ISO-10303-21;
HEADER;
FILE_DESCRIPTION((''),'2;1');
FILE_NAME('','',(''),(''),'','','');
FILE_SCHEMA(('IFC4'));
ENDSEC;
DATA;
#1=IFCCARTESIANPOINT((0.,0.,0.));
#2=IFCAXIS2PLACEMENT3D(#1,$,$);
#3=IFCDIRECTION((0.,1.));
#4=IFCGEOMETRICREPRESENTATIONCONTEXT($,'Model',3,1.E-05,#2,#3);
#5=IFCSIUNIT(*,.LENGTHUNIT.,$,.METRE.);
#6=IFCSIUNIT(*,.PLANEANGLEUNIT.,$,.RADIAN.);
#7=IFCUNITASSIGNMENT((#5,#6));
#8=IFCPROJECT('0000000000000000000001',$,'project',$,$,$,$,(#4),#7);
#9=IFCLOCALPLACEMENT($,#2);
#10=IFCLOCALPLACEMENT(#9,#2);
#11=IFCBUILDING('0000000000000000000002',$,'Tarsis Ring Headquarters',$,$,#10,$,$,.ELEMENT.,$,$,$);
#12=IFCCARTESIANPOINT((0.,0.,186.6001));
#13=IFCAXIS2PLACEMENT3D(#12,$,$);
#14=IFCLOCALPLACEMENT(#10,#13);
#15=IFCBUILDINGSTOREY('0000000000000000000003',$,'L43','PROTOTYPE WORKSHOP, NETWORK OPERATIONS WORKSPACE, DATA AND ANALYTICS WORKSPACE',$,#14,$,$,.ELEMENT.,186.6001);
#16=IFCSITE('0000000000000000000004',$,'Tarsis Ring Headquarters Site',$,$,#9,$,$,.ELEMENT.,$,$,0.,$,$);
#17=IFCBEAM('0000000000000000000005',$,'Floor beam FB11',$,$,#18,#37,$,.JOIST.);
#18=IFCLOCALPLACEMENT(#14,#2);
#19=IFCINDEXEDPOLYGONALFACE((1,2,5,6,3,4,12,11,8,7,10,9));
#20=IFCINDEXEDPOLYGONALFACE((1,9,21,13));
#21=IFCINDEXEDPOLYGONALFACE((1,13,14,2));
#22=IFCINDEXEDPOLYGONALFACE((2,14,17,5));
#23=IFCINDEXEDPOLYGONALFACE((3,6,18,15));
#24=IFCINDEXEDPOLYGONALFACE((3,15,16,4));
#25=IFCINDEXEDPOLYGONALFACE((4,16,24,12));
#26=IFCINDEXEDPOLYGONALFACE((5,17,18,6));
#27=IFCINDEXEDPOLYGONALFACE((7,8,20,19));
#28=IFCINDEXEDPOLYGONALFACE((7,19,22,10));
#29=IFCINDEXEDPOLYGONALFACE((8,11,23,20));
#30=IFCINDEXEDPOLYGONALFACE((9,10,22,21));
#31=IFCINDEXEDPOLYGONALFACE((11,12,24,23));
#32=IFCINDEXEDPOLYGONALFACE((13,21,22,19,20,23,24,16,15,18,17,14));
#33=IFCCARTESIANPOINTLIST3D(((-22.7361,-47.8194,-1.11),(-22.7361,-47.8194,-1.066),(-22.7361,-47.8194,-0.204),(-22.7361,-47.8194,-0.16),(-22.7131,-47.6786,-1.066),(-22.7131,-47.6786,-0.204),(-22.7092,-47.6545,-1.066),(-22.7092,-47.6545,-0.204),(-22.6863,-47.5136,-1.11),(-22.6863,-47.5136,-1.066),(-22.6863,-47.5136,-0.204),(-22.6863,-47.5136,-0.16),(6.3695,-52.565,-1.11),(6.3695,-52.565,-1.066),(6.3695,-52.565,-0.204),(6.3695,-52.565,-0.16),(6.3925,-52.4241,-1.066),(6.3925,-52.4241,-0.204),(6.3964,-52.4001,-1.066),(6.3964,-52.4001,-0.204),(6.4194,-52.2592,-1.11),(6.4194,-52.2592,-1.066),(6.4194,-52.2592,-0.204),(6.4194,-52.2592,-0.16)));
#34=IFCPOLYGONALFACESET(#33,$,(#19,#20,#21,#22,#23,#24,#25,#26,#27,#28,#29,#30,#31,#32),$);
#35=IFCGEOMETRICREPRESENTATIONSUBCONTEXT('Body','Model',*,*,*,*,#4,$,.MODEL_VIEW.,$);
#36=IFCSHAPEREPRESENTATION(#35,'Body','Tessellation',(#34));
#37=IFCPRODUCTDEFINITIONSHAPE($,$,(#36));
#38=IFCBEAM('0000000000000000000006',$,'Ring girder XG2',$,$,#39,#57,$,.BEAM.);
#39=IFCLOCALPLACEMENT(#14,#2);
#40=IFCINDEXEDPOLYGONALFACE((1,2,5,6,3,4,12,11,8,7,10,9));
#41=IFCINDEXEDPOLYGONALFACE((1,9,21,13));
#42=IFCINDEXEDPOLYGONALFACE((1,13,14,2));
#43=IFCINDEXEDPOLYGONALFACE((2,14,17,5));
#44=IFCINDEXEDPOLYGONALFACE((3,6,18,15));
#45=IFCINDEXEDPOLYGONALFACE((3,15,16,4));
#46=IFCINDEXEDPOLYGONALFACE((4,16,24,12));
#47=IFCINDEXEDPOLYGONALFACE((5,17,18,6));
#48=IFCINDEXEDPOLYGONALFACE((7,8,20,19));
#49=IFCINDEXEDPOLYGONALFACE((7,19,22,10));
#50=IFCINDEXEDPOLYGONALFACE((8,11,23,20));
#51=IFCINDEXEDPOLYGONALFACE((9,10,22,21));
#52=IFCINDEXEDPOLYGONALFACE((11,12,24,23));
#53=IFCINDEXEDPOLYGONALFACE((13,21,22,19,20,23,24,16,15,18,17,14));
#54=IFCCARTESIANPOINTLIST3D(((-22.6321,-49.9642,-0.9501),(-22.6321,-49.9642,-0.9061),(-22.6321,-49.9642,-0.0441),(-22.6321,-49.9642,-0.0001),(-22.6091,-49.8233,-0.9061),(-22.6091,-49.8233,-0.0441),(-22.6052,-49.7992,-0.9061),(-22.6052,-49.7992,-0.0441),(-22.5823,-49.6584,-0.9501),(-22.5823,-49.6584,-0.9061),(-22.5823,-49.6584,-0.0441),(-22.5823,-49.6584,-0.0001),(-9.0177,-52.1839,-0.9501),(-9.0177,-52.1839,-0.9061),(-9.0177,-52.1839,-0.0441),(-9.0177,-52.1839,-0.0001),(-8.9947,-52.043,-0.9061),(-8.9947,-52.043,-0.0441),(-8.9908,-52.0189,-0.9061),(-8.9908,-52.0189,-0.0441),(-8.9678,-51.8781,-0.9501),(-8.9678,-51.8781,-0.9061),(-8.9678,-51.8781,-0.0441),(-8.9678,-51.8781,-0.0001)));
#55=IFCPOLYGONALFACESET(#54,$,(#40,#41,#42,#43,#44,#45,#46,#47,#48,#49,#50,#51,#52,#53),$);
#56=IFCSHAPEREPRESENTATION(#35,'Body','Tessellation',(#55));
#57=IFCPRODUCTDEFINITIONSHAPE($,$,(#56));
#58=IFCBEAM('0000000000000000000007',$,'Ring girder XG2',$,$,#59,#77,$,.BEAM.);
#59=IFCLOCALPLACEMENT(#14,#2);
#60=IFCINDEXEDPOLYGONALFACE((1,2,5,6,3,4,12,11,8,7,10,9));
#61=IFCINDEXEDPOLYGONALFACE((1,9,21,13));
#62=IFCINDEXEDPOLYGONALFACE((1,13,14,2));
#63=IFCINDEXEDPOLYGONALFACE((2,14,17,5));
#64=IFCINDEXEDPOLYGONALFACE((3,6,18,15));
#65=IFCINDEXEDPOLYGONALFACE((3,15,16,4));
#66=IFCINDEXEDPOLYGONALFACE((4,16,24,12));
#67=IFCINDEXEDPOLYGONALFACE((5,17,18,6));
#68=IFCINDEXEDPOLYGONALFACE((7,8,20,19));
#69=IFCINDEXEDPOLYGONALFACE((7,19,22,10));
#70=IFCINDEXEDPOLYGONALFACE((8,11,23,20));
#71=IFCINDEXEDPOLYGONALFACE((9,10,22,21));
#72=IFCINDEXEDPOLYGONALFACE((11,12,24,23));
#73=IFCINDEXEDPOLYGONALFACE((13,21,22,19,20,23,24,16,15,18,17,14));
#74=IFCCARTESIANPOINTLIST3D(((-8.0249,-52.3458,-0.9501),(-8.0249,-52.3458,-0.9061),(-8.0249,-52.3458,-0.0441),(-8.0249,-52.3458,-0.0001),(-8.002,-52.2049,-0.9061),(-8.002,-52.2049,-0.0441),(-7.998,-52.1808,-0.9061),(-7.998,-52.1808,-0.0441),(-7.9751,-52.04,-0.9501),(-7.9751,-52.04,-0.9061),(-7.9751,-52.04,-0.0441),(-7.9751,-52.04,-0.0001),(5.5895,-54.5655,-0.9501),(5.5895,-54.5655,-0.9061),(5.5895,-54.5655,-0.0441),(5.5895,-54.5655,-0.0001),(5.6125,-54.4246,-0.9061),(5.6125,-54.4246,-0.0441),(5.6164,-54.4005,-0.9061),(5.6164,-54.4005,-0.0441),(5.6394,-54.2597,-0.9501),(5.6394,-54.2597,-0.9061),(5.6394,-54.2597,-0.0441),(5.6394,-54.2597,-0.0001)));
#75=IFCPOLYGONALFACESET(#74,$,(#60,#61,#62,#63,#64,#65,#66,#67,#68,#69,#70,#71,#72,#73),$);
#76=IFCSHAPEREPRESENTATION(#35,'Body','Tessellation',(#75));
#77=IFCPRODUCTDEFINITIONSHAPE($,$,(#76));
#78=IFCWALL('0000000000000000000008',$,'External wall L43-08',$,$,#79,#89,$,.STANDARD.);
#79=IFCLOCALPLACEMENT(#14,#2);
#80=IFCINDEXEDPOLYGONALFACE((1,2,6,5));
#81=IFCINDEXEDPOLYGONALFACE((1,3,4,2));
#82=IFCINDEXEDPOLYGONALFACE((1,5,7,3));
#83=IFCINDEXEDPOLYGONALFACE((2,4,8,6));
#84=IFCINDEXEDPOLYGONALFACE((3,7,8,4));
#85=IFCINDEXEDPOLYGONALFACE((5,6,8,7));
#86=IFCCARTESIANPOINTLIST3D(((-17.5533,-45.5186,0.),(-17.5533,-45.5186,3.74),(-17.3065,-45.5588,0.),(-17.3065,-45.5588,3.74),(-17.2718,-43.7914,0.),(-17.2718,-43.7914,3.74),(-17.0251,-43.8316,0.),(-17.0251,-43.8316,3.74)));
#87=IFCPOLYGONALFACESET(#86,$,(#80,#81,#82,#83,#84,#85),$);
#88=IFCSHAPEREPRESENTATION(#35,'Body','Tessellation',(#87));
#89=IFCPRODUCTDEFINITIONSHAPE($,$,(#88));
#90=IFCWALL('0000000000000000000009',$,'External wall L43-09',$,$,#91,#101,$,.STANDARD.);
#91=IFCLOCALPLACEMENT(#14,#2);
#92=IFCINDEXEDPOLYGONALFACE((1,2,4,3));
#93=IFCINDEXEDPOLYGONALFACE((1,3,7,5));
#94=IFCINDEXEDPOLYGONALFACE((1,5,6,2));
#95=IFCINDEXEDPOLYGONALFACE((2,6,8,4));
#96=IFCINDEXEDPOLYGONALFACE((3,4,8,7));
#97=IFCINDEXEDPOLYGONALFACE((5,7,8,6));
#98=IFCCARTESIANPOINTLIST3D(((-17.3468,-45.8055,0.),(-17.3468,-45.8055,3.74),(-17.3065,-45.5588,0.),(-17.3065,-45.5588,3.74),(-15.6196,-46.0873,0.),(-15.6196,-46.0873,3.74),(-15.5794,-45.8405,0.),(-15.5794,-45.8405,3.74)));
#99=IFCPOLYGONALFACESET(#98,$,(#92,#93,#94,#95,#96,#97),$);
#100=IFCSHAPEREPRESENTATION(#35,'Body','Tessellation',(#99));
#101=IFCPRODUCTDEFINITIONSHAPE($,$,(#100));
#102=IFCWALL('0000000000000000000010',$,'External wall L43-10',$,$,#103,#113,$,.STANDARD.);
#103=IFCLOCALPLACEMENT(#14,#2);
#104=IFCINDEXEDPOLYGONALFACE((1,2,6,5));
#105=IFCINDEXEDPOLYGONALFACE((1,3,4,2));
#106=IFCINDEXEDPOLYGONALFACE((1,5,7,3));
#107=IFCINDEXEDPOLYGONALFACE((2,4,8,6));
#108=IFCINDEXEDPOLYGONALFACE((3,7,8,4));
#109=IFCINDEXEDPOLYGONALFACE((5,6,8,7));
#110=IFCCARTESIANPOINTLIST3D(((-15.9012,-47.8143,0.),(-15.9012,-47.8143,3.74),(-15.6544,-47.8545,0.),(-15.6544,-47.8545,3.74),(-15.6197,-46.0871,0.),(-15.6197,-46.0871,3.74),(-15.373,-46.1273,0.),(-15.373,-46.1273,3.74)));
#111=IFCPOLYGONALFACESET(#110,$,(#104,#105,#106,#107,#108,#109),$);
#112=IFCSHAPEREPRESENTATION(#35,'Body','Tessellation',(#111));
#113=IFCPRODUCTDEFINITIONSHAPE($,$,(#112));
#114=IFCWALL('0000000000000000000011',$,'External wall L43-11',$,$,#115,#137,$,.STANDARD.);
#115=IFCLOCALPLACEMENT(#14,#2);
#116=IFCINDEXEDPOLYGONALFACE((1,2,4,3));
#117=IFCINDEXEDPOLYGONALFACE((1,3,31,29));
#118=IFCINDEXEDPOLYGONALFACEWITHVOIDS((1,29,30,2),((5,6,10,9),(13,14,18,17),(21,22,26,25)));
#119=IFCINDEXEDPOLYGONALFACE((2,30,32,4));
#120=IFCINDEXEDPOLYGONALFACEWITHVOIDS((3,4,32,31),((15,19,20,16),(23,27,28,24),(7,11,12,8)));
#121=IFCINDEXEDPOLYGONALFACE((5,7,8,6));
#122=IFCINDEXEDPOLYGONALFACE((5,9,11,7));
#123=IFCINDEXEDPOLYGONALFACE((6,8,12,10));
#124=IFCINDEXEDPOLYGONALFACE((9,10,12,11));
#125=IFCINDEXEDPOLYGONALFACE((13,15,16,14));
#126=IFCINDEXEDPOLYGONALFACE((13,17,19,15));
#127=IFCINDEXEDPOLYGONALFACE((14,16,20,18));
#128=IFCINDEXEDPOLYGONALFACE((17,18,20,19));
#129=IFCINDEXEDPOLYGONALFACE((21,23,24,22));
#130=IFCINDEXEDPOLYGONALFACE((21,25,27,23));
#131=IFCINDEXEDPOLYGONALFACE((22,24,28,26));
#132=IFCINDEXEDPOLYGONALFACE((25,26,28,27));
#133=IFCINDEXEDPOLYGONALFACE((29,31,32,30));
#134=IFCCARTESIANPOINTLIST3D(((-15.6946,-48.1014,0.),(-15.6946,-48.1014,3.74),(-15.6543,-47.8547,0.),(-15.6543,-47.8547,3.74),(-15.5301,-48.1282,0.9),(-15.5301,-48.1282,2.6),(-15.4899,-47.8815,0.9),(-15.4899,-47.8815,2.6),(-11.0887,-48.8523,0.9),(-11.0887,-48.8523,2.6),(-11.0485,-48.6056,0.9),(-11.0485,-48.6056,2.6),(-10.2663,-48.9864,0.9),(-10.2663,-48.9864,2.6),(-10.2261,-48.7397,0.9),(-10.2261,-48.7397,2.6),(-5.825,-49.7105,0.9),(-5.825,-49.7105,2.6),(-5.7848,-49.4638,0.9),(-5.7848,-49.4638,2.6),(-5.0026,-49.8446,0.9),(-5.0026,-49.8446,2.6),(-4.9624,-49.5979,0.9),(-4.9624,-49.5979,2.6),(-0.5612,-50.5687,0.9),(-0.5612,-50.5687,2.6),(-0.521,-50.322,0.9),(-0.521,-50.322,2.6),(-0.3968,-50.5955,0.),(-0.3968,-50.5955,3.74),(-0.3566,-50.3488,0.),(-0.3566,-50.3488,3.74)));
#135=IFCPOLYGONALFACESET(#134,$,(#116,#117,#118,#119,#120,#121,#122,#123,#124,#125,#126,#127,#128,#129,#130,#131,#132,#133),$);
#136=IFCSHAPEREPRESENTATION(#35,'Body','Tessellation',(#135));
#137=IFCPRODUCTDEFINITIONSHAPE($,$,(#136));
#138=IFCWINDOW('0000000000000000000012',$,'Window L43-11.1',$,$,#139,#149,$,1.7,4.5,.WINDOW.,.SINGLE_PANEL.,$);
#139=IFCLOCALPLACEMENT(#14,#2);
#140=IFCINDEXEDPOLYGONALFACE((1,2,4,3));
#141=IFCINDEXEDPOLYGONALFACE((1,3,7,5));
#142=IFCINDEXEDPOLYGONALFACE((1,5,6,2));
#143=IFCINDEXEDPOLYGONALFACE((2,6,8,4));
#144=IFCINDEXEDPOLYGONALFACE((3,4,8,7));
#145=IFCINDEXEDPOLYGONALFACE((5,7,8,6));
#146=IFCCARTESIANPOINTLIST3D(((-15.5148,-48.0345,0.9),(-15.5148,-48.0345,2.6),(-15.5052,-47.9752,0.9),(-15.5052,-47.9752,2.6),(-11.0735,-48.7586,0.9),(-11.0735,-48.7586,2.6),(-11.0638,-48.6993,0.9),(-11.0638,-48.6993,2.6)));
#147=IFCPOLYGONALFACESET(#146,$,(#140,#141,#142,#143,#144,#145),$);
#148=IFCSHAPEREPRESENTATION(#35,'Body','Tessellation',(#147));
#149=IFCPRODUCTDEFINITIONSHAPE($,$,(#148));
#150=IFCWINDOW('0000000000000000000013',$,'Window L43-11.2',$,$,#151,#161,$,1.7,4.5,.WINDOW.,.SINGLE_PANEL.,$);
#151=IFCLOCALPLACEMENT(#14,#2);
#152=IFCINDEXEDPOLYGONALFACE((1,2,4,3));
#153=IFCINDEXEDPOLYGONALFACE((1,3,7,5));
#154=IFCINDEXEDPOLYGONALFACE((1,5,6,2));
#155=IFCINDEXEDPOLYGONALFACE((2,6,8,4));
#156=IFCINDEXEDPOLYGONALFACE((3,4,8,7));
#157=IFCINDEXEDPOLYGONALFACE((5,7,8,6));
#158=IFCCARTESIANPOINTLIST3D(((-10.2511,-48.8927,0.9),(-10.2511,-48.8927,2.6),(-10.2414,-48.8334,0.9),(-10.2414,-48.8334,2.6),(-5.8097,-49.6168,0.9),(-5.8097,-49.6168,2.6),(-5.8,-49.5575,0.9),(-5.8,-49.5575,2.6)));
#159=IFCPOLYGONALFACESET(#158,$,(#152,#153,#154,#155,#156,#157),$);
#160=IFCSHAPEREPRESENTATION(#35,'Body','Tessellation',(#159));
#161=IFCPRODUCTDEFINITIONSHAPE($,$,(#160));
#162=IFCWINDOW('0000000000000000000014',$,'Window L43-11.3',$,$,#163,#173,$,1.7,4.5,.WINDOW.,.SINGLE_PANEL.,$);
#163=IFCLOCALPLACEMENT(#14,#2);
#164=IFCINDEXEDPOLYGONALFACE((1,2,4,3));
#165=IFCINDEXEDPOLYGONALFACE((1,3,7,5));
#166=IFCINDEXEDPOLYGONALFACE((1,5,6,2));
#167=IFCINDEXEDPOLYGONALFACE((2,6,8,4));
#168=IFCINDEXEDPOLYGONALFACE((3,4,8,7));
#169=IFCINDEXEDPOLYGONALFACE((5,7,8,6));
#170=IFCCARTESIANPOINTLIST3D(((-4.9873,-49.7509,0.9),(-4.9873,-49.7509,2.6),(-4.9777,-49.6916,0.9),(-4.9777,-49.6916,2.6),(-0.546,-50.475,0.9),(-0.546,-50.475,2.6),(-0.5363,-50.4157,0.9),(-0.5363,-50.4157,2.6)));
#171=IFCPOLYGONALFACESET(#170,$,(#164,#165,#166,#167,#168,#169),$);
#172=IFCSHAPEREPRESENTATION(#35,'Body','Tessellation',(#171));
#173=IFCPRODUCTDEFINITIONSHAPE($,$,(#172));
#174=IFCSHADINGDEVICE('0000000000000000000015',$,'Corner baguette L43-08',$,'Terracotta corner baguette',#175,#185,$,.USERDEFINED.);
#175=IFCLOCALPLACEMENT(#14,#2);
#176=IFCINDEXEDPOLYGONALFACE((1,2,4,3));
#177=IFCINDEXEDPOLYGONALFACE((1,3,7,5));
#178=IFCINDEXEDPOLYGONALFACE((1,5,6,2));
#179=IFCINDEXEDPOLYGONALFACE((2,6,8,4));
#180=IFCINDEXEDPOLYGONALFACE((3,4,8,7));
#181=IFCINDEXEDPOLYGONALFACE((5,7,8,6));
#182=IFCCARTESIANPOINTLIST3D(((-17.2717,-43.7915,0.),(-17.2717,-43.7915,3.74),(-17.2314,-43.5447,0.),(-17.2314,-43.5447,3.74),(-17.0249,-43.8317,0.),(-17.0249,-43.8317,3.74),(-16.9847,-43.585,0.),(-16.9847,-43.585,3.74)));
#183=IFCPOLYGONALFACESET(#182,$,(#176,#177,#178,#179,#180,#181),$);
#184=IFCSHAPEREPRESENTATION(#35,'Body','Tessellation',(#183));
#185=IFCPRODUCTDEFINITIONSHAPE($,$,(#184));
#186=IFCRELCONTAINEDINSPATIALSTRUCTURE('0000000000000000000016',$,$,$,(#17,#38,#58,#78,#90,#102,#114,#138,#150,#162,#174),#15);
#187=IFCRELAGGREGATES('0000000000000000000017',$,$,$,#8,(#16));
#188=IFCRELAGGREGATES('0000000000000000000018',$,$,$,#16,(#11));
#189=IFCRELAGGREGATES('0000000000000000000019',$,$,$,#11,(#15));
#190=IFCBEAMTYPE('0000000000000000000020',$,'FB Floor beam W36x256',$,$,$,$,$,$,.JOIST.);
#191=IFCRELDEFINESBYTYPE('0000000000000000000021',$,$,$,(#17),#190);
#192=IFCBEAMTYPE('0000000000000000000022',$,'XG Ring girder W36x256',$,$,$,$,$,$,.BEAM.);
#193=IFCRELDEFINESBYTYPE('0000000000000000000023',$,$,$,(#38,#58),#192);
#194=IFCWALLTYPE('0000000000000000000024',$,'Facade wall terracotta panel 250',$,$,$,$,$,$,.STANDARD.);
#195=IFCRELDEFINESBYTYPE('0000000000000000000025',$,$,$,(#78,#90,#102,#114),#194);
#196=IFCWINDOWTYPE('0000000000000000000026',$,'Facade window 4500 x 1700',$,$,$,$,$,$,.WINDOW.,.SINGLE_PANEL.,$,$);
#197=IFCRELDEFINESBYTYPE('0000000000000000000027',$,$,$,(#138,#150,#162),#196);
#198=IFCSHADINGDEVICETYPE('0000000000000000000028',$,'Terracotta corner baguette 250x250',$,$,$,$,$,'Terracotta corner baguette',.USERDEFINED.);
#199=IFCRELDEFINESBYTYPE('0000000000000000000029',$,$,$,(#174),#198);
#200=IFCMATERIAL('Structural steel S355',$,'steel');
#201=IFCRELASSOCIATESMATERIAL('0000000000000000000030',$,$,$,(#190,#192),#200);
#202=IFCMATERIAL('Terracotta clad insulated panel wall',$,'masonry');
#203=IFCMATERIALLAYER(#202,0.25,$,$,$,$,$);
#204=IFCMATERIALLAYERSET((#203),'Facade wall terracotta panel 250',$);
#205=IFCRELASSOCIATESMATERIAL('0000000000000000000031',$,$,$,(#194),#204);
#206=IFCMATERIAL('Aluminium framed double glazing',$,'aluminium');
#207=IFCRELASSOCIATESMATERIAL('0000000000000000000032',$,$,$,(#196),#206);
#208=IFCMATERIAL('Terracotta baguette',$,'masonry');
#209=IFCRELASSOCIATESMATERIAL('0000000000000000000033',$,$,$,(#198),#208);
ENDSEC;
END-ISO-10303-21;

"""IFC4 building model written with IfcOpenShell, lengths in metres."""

from ifc_helpers import new_model, si_unit, direction, frame, frame_2d, origin, origin_2d, place, context, subcontext, project, spatial, rectangle, i_section, extrude, material, layer, layer_set, material_profile, profile_set, type_object, element, fill, save


model = new_model("IFC4")

# Units and contexts
model_context = context("Model", 3, precision=1e-05, world=origin(), true_north=direction((0.0, 1.0)))
body_context = subcontext(model_context, "Body", "Model", "MODEL_VIEW")
ifc_project = project(units=[si_unit("LENGTHUNIT", "METRE"), si_unit("PLANEANGLEUNIT", "RADIAN")], contexts=[model_context])

# Site, building, storey
site_placement = place(None, origin())
site = spatial("IfcSite", under=ifc_project, at=site_placement, Name="Tarsis Ring Headquarters Site", CompositionType="ELEMENT", RefElevation=0.0)
building_placement = place(site_placement, origin())
building = spatial("IfcBuilding", under=site, at=building_placement, Name="Tarsis Ring Headquarters", CompositionType="ELEMENT")
storey_placement = place(building_placement, frame((0.0, 0.0, 186.6001)))
storey = spatial("IfcBuildingStorey", under=building, at=storey_placement, Name="L43", Description="PROTOTYPE WORKSHOP, NETWORK OPERATIONS WORKSPACE, DATA AND ANALYTICS WORKSPACE", CompositionType="ELEMENT", Elevation=186.6001)

# Shared definitions
ifc_material_1 = material(Name="Structural steel S355", Category="steel")

# Beams
ifc_material_profile_1 = material_profile(ifc_material_1, i_section(OverallWidth=0.3098, OverallDepth=0.95, WebThickness=0.0244, FlangeThickness=0.0439, at=origin_2d()), Name="W36x256")
ifc_profile_set_1 = profile_set([ifc_material_profile_1], Name="Structural steel S355")
beam_type_1 = type_object("IfcBeamType", Name="FB Floor beam W36x256", PredefinedType="JOIST", material=ifc_profile_set_1)
for number, where, z_axis, x_axis, name in (
    (1, (-22.7112, -47.6665, -0.635), (0.986967, -0.160922, 0.0), (0.160922, 0.986967, 0.0), "Floor beam FB11"),
):
    element("IfcBeam", number, at=place(storey_placement, frame(where, z_axis=z_axis, x_axis=x_axis)), inside=storey, type_object=beam_type_1, Name=name, PredefinedType="JOIST", context=body_context, shape_type="SweptSolid", body=[
        extrude(i_section(OverallWidth=0.3098, OverallDepth=0.95, WebThickness=0.0244, FlangeThickness=0.0439, at=origin_2d()), origin(), (0.0, 0.0, 1.0), 29.49),
    ])
beam_type_2 = type_object("IfcBeamType", Name="XG Ring girder W36x256", PredefinedType="BEAM", material=ifc_profile_set_1)
for number, where, z_axis, x_axis, name in (
    (2, (-22.6072, -49.8113, -0.4751), (0.986968, -0.160917, 0.0), (0.160917, 0.986968, 0.0), "Ring girder XG2"),
    (3, (-8.0, -52.1929, -0.4751), (0.986968, -0.160917, 0.0), (0.160917, 0.986968, 0.0), "Ring girder XG2"),
):
    element("IfcBeam", number, at=place(storey_placement, frame(where, z_axis=z_axis, x_axis=x_axis)), inside=storey, type_object=beam_type_2, Name=name, PredefinedType="BEAM", context=body_context, shape_type="SweptSolid", body=[
        extrude(i_section(OverallWidth=0.3098, OverallDepth=0.95, WebThickness=0.0244, FlangeThickness=0.0439, at=origin_2d()), origin(), (0.0, 0.0, 1.0), 13.7942),
    ])

# Walls
ifc_material_2 = material(Name="Terracotta clad insulated panel wall", Category="masonry")
ifc_layer = layer(ifc_material_2, 0.25)
ifc_layer_set = layer_set([ifc_layer], Name="Facade wall terracotta panel 250")
wall_type = type_object("IfcWallType", Name="Facade wall terracotta panel 250", PredefinedType="STANDARD", material=ifc_layer_set)
for number, where, z_axis, x_axis, name in (
    (4, (-17.1484, -43.8115, 0.0), (0.0, 0.0, 1.0), (-0.160846, -0.986979, 0.0), "External wall L43-08"),
    (5, (-17.3267, -45.6821, 0.0), (0.0, 0.0, 1.0), (0.986954, -0.161004, 0.0), "External wall L43-09"),
    (6, (-15.4963, -46.1072, 0.0), (0.0, 0.0, 1.0), (-0.160846, -0.986979, 0.0), "External wall L43-10"),
):
    element("IfcWall", number, at=place(storey_placement, frame(where, z_axis=z_axis, x_axis=x_axis)), inside=storey, type_object=wall_type, Name=name, PredefinedType="STANDARD", context=body_context, shape_type="SweptSolid", body=[
        extrude(rectangle(XDim=1.75, YDim=0.25, at=frame_2d((0.875, 0.0))), origin(), (0.0, 0.0, 1.0), 3.74),
    ])

# Wall, openings, windows
wall_placement = place(storey_placement, frame((-15.6746, -47.978, 0.0), z_axis=(0.0, 0.0, 1.0), x_axis=(0.986968, -0.160914, 0.0)))
wall = element("IfcWall", 7, at=wall_placement, inside=storey, type_object=wall_type, Name="External wall L43-11", PredefinedType="STANDARD", context=body_context, shape_type="SweptSolid", body=[
    extrude(rectangle(XDim=15.4998, YDim=0.25, at=frame_2d((7.75, 0.0))), origin(), (0.0, 0.0, 1.0), 3.74),
])
opening_1_placement = place(wall_placement, frame((0.1667, 0.0, 0.8999)))
opening_1 = element("IfcOpeningElement", 8, at=opening_1_placement, cuts=wall, PredefinedType="OPENING", context=body_context, shape_type="SweptSolid", body=[
    extrude(rectangle(XDim=4.5, YDim=1.7, at=frame_2d((2.25, 0.8501))), frame((0.0, 0.135, 0.0), z_axis=(0.0, -1.0, 0.0), x_axis=(1.0, 0.0, 0.0)), (0.0, 0.0, 1.0), 0.27),
])
opening_2_placement = place(wall_placement, frame((5.5, 0.0, 0.8999)))
opening_2 = element("IfcOpeningElement", 9, at=opening_2_placement, cuts=wall, PredefinedType="OPENING", context=body_context, shape_type="SweptSolid", body=[
    extrude(rectangle(XDim=4.5, YDim=1.7, at=frame_2d((2.25, 0.8501))), frame((0.0, 0.135, 0.0), z_axis=(0.0, -1.0, 0.0), x_axis=(1.0, 0.0, 0.0)), (0.0, 0.0, 1.0), 0.27),
])
opening_3_placement = place(wall_placement, frame((10.8333, 0.0, 0.8999)))
opening_3 = element("IfcOpeningElement", 10, at=opening_3_placement, cuts=wall, PredefinedType="OPENING", context=body_context, shape_type="SweptSolid", body=[
    extrude(rectangle(XDim=4.5, YDim=1.7, at=frame_2d((2.25, 0.8501))), frame((0.0, 0.135, 0.0), z_axis=(0.0, -1.0, 0.0), x_axis=(1.0, 0.0, 0.0)), (0.0, 0.0, 1.0), 0.27),
])
ifc_material_3 = material(Name="Aluminium framed double glazing", Category="aluminium")
window_type = type_object("IfcWindowType", Name="Facade window 4500 x 1700", PartitioningType="SINGLE_PANEL", PredefinedType="WINDOW", material=ifc_material_3)
window_1_placement = place(opening_1_placement, origin())
window_1 = element("IfcWindow", 11, at=window_1_placement, inside=storey, type_object=window_type, Name="Window L43-11.1", OverallHeight=1.7, OverallWidth=4.5, PartitioningType="SINGLE_PANEL", PredefinedType="WINDOW", context=body_context, shape_type="SweptSolid", body=[
    extrude(rectangle(XDim=4.5, YDim=1.7, at=frame_2d((2.25, 0.8501))), frame((0.0, 0.03, 0.0), z_axis=(0.0, -1.0, 0.0), x_axis=(1.0, 0.0, 0.0)), (0.0, 0.0, 1.0), 0.0601),
])
fill(opening_1, window_1)
window_2_placement = place(opening_2_placement, origin())
window_2 = element("IfcWindow", 12, at=window_2_placement, inside=storey, type_object=window_type, Name="Window L43-11.2", OverallHeight=1.7, OverallWidth=4.5, PartitioningType="SINGLE_PANEL", PredefinedType="WINDOW", context=body_context, shape_type="SweptSolid", body=[
    extrude(rectangle(XDim=4.5, YDim=1.7, at=frame_2d((2.25, 0.8501))), frame((0.0, 0.03, 0.0), z_axis=(0.0, -1.0, 0.0), x_axis=(1.0, 0.0, 0.0)), (0.0, 0.0, 1.0), 0.0601),
])
fill(opening_2, window_2)
window_3_placement = place(opening_3_placement, origin())
window_3 = element("IfcWindow", 13, at=window_3_placement, inside=storey, type_object=window_type, Name="Window L43-11.3", OverallHeight=1.7, OverallWidth=4.5, PartitioningType="SINGLE_PANEL", PredefinedType="WINDOW", context=body_context, shape_type="SweptSolid", body=[
    extrude(rectangle(XDim=4.5, YDim=1.7, at=frame_2d((2.25, 0.8501))), frame((0.0, 0.03, 0.0), z_axis=(0.0, -1.0, 0.0), x_axis=(1.0, 0.0, 0.0)), (0.0, 0.0, 1.0), 0.0601),
])
fill(opening_3, window_3)

# Shading device
ifc_material_4 = material(Name="Terracotta baguette", Category="masonry")
shading_device_type_1 = type_object("IfcShadingDeviceType", Name="Terracotta corner baguette 250x250", ElementType="Terracotta corner baguette", PredefinedType="USERDEFINED", material=ifc_material_4)
for number, where, z_axis, x_axis, name in (
    (14, (-17.1282, -43.6882, 0.0), (0.0, 0.0, 1.0), (0.986968, -0.160914, 0.0), "Corner baguette L43-08"),
):
    element("IfcShadingDevice", number, at=place(storey_placement, frame(where, z_axis=z_axis, x_axis=x_axis)), inside=storey, type_object=shading_device_type_1, Name=name, ObjectType="Terracotta corner baguette", PredefinedType="USERDEFINED", context=body_context, shape_type="SweptSolid", body=[
        extrude(rectangle(XDim=0.25, YDim=0.25, at=origin_2d()), origin(), (0.0, 0.0, 1.0), 3.74),
    ])

save(model, "model.ifc")
